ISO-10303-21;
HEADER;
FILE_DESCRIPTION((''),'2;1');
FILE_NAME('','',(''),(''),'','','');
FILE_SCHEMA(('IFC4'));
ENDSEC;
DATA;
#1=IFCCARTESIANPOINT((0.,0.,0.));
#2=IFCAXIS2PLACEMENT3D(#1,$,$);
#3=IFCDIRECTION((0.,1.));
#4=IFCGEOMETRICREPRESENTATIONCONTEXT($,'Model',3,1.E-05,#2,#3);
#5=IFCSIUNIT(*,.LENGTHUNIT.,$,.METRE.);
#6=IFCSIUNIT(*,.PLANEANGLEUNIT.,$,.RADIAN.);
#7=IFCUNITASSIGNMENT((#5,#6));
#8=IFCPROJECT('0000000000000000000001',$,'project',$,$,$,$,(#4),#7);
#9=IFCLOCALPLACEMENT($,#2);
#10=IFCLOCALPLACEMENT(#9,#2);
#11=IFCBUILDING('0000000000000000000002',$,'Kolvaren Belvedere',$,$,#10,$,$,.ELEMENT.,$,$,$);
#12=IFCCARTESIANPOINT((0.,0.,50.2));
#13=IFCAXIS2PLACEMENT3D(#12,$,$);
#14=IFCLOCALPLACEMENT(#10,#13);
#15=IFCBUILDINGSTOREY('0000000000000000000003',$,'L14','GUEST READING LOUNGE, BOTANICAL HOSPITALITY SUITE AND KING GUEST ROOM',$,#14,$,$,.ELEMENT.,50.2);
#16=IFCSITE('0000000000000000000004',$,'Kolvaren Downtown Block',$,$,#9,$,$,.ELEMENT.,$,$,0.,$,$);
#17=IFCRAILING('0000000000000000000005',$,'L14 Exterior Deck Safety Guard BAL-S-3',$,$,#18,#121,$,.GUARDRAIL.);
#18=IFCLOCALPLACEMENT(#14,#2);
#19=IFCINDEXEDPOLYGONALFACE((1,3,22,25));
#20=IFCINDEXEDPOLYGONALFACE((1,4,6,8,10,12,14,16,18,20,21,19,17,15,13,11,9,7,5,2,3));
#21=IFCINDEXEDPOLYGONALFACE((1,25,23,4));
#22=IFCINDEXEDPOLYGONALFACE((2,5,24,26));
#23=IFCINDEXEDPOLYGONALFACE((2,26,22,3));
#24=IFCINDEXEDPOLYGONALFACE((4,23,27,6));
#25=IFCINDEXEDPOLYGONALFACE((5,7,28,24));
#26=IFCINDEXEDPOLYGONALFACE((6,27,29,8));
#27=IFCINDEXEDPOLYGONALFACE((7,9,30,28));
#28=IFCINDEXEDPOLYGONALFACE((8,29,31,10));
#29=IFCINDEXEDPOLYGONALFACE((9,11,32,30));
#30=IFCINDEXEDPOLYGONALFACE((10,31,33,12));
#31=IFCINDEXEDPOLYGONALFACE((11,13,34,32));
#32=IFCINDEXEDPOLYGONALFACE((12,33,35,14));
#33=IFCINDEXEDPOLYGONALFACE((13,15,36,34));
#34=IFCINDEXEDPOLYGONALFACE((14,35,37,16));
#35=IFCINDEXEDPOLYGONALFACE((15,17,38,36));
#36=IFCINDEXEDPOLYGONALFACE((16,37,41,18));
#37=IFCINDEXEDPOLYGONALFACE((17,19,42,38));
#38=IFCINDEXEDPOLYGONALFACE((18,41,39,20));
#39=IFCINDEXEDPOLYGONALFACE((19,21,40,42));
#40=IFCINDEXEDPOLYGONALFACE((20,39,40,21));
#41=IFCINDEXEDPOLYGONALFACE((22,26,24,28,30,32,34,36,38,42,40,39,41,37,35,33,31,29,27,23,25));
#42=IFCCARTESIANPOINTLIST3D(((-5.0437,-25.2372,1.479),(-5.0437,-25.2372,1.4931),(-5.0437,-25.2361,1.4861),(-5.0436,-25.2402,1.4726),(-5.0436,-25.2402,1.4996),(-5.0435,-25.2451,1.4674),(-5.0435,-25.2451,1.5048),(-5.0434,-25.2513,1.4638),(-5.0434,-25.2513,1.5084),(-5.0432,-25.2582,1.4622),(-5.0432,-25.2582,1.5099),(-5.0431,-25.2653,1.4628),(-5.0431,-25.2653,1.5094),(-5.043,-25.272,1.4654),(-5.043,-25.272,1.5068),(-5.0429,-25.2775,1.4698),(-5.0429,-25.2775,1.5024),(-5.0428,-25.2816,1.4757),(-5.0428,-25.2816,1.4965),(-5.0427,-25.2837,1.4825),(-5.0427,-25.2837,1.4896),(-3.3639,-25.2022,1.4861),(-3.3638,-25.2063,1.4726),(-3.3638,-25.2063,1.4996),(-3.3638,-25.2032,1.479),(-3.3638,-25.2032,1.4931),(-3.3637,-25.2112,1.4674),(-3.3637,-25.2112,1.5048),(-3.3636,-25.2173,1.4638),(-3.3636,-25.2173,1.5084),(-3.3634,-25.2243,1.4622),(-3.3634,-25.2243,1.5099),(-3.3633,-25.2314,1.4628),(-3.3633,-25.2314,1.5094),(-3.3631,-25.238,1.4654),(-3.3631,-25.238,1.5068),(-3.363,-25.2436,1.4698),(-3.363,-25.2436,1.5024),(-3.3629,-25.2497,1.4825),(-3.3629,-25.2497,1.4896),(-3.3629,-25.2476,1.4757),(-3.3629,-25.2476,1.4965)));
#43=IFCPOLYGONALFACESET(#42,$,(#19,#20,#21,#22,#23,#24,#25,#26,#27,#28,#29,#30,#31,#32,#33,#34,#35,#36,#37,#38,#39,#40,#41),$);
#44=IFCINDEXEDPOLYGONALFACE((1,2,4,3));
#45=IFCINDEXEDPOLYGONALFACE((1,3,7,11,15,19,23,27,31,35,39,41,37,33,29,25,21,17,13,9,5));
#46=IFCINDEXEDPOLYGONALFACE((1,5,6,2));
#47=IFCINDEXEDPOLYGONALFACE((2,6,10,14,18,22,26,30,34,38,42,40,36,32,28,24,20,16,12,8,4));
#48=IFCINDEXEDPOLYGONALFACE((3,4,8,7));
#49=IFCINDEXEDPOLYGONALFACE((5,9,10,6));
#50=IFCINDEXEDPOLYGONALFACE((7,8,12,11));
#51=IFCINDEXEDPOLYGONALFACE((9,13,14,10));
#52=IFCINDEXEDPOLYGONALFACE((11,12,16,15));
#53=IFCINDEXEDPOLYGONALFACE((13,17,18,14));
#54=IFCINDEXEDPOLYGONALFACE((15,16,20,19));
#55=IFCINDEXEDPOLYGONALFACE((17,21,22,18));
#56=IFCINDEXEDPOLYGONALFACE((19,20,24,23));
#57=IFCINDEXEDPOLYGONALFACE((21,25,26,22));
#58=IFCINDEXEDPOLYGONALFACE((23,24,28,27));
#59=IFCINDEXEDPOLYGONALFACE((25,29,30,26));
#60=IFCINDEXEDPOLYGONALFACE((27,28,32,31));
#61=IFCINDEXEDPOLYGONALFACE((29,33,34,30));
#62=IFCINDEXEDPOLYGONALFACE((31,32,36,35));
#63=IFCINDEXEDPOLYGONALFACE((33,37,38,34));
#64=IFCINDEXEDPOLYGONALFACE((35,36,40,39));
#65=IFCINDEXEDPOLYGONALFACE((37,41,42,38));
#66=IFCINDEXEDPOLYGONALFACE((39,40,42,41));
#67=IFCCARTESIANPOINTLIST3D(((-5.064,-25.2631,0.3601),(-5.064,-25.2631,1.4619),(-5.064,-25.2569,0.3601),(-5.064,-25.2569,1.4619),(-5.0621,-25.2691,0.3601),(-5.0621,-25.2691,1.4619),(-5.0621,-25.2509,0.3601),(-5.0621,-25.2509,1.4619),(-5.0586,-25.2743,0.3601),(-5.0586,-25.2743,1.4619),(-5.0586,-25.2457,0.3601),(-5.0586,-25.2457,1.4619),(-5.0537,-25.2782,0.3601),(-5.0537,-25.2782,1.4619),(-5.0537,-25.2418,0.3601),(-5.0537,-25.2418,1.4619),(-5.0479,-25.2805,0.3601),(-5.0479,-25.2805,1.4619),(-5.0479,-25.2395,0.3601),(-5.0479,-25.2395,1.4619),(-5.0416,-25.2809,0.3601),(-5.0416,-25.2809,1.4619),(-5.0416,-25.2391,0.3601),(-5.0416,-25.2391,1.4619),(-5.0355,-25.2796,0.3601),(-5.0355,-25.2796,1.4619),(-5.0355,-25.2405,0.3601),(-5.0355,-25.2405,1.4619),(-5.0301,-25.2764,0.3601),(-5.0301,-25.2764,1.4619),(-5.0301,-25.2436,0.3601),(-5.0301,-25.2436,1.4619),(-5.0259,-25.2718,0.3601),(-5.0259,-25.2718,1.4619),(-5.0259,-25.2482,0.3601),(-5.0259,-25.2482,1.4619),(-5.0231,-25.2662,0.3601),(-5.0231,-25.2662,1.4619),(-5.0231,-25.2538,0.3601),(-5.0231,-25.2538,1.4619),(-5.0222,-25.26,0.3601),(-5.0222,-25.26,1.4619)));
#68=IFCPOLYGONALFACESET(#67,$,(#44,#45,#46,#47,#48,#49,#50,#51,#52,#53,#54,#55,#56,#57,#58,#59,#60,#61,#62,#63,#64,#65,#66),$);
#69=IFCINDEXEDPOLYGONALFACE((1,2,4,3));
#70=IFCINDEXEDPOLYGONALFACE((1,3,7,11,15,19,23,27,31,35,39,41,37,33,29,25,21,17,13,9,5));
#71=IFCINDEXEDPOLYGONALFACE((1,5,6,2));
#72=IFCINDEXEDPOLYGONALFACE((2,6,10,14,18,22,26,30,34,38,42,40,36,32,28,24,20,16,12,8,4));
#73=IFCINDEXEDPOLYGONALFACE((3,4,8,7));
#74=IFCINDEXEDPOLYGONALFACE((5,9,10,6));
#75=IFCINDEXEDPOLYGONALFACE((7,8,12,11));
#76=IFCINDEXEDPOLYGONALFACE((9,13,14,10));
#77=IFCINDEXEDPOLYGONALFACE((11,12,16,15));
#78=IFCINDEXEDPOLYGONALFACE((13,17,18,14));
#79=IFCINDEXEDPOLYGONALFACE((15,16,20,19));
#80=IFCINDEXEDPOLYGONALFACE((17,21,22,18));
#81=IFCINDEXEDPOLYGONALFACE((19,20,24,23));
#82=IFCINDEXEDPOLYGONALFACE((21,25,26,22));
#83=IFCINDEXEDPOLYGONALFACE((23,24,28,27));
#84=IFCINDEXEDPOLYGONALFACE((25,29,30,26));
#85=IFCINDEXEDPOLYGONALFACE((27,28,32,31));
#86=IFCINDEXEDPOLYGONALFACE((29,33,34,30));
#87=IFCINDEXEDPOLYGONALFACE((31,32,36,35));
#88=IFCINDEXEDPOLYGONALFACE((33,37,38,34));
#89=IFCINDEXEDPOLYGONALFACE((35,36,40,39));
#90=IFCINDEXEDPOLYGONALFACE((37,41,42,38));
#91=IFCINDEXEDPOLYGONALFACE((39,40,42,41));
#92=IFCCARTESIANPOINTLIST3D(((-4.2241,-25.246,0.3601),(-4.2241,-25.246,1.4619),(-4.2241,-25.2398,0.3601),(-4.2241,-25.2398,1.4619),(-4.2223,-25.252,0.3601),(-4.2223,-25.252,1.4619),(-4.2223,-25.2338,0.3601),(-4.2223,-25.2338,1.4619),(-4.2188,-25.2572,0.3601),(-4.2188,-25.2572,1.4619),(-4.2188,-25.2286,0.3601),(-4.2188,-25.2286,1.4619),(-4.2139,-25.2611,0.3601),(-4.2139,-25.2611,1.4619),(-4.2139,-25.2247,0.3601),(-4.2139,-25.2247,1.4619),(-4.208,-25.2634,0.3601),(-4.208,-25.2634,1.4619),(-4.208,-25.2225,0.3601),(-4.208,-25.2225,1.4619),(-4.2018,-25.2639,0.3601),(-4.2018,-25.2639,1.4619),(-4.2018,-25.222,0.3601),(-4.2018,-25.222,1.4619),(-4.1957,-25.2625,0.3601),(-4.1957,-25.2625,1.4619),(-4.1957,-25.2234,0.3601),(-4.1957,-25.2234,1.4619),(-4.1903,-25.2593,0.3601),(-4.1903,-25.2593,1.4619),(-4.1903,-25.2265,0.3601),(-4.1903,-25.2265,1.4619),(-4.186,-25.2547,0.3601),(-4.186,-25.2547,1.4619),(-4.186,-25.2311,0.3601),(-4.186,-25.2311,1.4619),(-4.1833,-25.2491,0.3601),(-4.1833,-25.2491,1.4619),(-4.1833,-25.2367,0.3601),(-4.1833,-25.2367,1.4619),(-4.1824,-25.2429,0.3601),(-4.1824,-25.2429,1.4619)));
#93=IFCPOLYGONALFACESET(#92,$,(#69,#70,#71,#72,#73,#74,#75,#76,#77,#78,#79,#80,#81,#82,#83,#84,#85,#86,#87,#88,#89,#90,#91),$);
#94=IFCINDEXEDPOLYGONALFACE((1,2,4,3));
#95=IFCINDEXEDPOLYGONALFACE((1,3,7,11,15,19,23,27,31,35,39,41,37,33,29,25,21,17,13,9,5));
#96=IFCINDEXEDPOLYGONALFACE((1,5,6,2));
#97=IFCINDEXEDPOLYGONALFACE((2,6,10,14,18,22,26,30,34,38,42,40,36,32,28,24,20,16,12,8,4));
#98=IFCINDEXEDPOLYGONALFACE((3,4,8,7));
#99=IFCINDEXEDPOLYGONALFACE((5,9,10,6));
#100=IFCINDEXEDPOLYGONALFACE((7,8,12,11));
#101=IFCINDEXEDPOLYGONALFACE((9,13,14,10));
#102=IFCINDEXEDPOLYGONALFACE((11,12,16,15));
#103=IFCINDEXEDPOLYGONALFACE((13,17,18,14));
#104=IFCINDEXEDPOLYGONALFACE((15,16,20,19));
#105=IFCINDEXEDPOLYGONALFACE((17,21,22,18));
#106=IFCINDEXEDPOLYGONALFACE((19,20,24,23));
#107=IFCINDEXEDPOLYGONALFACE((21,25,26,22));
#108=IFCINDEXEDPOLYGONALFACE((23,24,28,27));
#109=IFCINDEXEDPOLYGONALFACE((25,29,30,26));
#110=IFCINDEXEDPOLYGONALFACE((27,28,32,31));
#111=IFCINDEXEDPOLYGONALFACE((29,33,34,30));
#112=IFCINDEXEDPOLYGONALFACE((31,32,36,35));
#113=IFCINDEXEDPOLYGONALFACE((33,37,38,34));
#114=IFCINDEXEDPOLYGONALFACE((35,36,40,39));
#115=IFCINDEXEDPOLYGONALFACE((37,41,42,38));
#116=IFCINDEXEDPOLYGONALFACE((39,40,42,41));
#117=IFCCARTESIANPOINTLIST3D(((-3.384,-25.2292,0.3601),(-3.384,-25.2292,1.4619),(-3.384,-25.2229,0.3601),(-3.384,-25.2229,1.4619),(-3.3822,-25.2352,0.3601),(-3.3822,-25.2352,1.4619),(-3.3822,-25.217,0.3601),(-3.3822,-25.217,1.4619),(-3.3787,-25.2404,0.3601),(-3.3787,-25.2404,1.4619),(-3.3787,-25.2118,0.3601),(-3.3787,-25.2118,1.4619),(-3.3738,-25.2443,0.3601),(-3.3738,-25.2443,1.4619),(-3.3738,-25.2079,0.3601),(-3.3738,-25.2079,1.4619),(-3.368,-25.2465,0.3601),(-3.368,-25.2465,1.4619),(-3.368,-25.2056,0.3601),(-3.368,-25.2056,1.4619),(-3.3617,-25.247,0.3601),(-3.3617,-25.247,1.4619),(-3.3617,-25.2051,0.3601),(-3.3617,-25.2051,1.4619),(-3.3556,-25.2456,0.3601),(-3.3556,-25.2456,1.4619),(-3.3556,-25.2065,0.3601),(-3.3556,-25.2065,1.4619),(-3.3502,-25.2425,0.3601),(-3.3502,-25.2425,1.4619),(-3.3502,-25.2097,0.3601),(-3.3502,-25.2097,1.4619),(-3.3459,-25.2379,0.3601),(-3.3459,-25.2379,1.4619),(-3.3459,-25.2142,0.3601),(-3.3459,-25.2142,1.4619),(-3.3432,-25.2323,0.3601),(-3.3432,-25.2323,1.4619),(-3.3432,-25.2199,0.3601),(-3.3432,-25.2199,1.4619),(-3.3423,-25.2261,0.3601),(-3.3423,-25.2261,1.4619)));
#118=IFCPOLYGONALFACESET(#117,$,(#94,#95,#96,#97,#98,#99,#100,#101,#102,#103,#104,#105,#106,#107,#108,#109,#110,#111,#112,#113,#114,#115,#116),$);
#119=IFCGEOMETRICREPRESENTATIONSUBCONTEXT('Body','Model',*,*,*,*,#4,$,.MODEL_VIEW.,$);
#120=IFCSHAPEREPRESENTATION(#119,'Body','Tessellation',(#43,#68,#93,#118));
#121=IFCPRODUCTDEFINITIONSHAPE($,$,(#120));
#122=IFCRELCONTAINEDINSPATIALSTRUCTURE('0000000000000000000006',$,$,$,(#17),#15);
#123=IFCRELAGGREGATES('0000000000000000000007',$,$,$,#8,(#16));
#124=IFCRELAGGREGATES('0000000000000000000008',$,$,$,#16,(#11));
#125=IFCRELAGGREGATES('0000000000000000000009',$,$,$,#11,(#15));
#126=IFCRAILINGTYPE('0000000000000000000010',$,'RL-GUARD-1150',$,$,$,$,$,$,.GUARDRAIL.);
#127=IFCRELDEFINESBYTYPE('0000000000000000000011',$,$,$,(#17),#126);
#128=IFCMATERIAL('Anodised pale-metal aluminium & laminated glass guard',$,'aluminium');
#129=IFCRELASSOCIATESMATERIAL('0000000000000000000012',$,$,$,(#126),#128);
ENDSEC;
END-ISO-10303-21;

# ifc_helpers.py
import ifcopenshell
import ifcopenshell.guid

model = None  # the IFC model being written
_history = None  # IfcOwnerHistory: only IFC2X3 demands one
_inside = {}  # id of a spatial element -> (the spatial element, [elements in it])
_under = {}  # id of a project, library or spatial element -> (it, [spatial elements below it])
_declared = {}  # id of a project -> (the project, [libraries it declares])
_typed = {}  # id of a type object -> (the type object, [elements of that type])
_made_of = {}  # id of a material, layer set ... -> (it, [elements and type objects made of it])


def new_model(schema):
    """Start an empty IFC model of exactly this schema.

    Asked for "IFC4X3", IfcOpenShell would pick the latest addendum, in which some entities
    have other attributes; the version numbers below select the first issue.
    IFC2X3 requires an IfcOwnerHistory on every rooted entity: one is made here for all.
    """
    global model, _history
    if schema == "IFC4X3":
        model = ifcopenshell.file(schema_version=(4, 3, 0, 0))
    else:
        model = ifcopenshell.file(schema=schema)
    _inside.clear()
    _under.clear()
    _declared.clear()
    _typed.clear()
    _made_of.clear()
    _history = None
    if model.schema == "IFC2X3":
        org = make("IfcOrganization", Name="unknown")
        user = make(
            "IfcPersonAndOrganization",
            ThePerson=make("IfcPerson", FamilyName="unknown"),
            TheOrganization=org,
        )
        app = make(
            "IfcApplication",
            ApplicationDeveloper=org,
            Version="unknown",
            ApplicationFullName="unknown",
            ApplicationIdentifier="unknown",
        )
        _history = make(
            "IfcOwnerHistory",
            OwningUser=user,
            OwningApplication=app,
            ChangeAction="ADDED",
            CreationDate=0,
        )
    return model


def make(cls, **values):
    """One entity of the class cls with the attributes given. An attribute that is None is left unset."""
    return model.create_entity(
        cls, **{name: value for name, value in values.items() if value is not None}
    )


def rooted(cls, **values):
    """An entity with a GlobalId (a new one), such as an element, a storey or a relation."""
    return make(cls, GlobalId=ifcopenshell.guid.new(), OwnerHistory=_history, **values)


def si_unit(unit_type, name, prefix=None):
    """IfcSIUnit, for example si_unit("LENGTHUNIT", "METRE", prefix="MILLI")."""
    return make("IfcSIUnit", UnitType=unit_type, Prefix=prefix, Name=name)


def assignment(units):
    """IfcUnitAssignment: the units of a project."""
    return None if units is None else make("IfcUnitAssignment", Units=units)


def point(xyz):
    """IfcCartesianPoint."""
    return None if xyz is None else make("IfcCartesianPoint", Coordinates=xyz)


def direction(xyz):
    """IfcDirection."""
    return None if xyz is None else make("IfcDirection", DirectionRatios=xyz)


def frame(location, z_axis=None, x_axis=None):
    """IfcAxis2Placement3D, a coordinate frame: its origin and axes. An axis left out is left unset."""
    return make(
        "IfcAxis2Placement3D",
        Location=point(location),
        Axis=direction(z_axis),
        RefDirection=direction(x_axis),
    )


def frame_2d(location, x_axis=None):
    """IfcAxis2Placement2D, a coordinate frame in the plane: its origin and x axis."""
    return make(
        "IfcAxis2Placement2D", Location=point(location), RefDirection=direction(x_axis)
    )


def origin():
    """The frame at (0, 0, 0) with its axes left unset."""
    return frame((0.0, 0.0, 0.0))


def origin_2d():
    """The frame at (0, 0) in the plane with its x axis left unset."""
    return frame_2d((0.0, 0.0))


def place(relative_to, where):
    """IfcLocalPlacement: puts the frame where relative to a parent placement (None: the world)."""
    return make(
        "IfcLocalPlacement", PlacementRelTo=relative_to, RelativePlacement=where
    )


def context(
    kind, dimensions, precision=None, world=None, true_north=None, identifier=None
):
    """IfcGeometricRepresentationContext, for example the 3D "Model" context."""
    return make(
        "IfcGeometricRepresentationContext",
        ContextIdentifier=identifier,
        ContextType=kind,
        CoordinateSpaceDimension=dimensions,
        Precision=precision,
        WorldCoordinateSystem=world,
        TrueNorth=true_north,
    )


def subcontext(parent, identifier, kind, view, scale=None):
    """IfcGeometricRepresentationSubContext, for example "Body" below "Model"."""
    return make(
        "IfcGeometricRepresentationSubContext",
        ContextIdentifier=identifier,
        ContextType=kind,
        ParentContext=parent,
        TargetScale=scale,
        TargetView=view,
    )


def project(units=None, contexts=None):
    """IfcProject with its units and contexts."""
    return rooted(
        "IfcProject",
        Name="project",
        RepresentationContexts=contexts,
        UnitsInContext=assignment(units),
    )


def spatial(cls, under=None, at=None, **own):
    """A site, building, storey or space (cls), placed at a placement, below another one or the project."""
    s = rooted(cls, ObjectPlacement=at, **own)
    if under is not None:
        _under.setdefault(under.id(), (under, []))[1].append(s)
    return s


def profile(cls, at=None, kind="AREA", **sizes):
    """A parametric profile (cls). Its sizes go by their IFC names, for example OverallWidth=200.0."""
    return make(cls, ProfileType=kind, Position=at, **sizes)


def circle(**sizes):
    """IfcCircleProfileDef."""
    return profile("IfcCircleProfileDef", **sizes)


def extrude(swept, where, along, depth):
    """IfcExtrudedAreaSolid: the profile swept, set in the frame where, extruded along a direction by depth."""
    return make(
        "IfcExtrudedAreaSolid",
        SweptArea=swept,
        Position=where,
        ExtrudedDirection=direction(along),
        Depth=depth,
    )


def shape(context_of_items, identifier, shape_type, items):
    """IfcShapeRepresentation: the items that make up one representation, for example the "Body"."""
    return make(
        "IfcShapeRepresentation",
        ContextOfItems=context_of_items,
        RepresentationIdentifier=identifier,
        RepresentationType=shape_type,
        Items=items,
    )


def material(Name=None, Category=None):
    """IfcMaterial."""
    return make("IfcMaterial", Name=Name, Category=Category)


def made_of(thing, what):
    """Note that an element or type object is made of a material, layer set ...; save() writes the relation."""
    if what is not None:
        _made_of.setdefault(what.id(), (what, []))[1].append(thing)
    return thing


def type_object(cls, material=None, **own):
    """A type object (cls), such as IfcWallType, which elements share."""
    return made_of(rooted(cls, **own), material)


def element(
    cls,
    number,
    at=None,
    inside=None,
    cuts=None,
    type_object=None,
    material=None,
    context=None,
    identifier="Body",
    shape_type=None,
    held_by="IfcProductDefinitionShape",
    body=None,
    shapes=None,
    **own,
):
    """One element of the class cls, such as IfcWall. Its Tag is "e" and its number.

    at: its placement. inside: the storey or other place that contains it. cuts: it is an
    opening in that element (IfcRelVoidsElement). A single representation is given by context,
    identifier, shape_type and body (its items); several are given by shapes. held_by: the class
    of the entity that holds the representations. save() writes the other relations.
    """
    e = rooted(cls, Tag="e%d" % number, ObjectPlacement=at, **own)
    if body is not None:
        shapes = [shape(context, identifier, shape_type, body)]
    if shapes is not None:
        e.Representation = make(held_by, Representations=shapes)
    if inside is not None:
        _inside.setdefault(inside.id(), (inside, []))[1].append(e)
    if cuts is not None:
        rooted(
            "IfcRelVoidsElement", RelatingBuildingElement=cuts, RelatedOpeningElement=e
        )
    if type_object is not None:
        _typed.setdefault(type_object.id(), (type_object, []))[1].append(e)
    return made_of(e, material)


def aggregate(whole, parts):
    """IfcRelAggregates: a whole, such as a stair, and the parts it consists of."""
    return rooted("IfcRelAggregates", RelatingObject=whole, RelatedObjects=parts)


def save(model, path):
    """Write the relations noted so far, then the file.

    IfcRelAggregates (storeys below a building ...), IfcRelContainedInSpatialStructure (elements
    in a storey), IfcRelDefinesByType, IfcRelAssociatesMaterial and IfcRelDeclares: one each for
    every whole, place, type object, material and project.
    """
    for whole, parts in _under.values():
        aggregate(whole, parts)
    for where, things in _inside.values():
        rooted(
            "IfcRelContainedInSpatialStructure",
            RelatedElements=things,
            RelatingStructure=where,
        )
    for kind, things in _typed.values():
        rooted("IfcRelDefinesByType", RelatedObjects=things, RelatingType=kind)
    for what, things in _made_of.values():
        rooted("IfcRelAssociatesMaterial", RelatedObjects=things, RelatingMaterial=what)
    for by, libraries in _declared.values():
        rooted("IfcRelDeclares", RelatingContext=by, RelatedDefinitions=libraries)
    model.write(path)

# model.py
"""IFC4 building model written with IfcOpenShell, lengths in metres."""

from ifc_helpers import new_model, si_unit, direction, frame, origin, origin_2d, place, context, subcontext, project, spatial, circle, extrude, material, type_object, element, save


model = new_model("IFC4")

# Units and contexts
model_context = context("Model", 3, precision=1e-05, world=origin(), true_north=direction((0.0, 1.0)))
body_context = subcontext(model_context, "Body", "Model", "MODEL_VIEW")
ifc_project = project(units=[si_unit("LENGTHUNIT", "METRE"), si_unit("PLANEANGLEUNIT", "RADIAN")], contexts=[model_context])

# Site, building, storey
site_placement = place(None, origin())
site = spatial("IfcSite", under=ifc_project, at=site_placement, Name="Kolvaren Downtown Block", CompositionType="ELEMENT", RefElevation=0.0)
building_placement = place(site_placement, origin())
building = spatial("IfcBuilding", under=site, at=building_placement, Name="Kolvaren Belvedere", CompositionType="ELEMENT")
storey_placement = place(building_placement, frame((0.0, 0.0, 50.2)))
storey = spatial("IfcBuildingStorey", under=building, at=storey_placement, Name="L14", Description="GUEST READING LOUNGE, BOTANICAL HOSPITALITY SUITE AND KING GUEST ROOM", CompositionType="ELEMENT", Elevation=50.2)

# Railing
ifc_material_1 = material(Name="Anodised pale-metal aluminium & laminated glass guard", Category="aluminium")
railing_type = type_object("IfcRailingType", Name="RL-GUARD-1150", PredefinedType="GUARDRAIL", material=ifc_material_1)
railing_1_placement = place(storey_placement, frame((-5.0432, -25.26, 0.3601)))
element("IfcRailing", 1, at=railing_1_placement, inside=storey, type_object=railing_type, Name="L14 Exterior Deck Safety Guard BAL-S-3", PredefinedType="GUARDRAIL", context=body_context, shape_type="SweptSolid", body=[
    extrude(circle(Radius=0.0239, at=origin_2d()), frame((0.0, 0.0, 1.126), z_axis=(0.999796, 0.020196, 0.0), x_axis=(-0.020196, 0.999796, 0.0)), (0.0, 0.0, 1.0), 1.6802),
    extrude(circle(Radius=0.021, at=origin_2d()), origin(), (0.0, 0.0, 1.0), 1.1018),
    extrude(circle(Radius=0.021, at=origin_2d()), frame((0.8398, 0.0171, 0.0)), (0.0, 0.0, 1.0), 1.1018),
    extrude(circle(Radius=0.021, at=origin_2d()), frame((1.6799, 0.0339, 0.0)), (0.0, 0.0, 1.0), 1.1018),
])

save(model, "model.ifc")
